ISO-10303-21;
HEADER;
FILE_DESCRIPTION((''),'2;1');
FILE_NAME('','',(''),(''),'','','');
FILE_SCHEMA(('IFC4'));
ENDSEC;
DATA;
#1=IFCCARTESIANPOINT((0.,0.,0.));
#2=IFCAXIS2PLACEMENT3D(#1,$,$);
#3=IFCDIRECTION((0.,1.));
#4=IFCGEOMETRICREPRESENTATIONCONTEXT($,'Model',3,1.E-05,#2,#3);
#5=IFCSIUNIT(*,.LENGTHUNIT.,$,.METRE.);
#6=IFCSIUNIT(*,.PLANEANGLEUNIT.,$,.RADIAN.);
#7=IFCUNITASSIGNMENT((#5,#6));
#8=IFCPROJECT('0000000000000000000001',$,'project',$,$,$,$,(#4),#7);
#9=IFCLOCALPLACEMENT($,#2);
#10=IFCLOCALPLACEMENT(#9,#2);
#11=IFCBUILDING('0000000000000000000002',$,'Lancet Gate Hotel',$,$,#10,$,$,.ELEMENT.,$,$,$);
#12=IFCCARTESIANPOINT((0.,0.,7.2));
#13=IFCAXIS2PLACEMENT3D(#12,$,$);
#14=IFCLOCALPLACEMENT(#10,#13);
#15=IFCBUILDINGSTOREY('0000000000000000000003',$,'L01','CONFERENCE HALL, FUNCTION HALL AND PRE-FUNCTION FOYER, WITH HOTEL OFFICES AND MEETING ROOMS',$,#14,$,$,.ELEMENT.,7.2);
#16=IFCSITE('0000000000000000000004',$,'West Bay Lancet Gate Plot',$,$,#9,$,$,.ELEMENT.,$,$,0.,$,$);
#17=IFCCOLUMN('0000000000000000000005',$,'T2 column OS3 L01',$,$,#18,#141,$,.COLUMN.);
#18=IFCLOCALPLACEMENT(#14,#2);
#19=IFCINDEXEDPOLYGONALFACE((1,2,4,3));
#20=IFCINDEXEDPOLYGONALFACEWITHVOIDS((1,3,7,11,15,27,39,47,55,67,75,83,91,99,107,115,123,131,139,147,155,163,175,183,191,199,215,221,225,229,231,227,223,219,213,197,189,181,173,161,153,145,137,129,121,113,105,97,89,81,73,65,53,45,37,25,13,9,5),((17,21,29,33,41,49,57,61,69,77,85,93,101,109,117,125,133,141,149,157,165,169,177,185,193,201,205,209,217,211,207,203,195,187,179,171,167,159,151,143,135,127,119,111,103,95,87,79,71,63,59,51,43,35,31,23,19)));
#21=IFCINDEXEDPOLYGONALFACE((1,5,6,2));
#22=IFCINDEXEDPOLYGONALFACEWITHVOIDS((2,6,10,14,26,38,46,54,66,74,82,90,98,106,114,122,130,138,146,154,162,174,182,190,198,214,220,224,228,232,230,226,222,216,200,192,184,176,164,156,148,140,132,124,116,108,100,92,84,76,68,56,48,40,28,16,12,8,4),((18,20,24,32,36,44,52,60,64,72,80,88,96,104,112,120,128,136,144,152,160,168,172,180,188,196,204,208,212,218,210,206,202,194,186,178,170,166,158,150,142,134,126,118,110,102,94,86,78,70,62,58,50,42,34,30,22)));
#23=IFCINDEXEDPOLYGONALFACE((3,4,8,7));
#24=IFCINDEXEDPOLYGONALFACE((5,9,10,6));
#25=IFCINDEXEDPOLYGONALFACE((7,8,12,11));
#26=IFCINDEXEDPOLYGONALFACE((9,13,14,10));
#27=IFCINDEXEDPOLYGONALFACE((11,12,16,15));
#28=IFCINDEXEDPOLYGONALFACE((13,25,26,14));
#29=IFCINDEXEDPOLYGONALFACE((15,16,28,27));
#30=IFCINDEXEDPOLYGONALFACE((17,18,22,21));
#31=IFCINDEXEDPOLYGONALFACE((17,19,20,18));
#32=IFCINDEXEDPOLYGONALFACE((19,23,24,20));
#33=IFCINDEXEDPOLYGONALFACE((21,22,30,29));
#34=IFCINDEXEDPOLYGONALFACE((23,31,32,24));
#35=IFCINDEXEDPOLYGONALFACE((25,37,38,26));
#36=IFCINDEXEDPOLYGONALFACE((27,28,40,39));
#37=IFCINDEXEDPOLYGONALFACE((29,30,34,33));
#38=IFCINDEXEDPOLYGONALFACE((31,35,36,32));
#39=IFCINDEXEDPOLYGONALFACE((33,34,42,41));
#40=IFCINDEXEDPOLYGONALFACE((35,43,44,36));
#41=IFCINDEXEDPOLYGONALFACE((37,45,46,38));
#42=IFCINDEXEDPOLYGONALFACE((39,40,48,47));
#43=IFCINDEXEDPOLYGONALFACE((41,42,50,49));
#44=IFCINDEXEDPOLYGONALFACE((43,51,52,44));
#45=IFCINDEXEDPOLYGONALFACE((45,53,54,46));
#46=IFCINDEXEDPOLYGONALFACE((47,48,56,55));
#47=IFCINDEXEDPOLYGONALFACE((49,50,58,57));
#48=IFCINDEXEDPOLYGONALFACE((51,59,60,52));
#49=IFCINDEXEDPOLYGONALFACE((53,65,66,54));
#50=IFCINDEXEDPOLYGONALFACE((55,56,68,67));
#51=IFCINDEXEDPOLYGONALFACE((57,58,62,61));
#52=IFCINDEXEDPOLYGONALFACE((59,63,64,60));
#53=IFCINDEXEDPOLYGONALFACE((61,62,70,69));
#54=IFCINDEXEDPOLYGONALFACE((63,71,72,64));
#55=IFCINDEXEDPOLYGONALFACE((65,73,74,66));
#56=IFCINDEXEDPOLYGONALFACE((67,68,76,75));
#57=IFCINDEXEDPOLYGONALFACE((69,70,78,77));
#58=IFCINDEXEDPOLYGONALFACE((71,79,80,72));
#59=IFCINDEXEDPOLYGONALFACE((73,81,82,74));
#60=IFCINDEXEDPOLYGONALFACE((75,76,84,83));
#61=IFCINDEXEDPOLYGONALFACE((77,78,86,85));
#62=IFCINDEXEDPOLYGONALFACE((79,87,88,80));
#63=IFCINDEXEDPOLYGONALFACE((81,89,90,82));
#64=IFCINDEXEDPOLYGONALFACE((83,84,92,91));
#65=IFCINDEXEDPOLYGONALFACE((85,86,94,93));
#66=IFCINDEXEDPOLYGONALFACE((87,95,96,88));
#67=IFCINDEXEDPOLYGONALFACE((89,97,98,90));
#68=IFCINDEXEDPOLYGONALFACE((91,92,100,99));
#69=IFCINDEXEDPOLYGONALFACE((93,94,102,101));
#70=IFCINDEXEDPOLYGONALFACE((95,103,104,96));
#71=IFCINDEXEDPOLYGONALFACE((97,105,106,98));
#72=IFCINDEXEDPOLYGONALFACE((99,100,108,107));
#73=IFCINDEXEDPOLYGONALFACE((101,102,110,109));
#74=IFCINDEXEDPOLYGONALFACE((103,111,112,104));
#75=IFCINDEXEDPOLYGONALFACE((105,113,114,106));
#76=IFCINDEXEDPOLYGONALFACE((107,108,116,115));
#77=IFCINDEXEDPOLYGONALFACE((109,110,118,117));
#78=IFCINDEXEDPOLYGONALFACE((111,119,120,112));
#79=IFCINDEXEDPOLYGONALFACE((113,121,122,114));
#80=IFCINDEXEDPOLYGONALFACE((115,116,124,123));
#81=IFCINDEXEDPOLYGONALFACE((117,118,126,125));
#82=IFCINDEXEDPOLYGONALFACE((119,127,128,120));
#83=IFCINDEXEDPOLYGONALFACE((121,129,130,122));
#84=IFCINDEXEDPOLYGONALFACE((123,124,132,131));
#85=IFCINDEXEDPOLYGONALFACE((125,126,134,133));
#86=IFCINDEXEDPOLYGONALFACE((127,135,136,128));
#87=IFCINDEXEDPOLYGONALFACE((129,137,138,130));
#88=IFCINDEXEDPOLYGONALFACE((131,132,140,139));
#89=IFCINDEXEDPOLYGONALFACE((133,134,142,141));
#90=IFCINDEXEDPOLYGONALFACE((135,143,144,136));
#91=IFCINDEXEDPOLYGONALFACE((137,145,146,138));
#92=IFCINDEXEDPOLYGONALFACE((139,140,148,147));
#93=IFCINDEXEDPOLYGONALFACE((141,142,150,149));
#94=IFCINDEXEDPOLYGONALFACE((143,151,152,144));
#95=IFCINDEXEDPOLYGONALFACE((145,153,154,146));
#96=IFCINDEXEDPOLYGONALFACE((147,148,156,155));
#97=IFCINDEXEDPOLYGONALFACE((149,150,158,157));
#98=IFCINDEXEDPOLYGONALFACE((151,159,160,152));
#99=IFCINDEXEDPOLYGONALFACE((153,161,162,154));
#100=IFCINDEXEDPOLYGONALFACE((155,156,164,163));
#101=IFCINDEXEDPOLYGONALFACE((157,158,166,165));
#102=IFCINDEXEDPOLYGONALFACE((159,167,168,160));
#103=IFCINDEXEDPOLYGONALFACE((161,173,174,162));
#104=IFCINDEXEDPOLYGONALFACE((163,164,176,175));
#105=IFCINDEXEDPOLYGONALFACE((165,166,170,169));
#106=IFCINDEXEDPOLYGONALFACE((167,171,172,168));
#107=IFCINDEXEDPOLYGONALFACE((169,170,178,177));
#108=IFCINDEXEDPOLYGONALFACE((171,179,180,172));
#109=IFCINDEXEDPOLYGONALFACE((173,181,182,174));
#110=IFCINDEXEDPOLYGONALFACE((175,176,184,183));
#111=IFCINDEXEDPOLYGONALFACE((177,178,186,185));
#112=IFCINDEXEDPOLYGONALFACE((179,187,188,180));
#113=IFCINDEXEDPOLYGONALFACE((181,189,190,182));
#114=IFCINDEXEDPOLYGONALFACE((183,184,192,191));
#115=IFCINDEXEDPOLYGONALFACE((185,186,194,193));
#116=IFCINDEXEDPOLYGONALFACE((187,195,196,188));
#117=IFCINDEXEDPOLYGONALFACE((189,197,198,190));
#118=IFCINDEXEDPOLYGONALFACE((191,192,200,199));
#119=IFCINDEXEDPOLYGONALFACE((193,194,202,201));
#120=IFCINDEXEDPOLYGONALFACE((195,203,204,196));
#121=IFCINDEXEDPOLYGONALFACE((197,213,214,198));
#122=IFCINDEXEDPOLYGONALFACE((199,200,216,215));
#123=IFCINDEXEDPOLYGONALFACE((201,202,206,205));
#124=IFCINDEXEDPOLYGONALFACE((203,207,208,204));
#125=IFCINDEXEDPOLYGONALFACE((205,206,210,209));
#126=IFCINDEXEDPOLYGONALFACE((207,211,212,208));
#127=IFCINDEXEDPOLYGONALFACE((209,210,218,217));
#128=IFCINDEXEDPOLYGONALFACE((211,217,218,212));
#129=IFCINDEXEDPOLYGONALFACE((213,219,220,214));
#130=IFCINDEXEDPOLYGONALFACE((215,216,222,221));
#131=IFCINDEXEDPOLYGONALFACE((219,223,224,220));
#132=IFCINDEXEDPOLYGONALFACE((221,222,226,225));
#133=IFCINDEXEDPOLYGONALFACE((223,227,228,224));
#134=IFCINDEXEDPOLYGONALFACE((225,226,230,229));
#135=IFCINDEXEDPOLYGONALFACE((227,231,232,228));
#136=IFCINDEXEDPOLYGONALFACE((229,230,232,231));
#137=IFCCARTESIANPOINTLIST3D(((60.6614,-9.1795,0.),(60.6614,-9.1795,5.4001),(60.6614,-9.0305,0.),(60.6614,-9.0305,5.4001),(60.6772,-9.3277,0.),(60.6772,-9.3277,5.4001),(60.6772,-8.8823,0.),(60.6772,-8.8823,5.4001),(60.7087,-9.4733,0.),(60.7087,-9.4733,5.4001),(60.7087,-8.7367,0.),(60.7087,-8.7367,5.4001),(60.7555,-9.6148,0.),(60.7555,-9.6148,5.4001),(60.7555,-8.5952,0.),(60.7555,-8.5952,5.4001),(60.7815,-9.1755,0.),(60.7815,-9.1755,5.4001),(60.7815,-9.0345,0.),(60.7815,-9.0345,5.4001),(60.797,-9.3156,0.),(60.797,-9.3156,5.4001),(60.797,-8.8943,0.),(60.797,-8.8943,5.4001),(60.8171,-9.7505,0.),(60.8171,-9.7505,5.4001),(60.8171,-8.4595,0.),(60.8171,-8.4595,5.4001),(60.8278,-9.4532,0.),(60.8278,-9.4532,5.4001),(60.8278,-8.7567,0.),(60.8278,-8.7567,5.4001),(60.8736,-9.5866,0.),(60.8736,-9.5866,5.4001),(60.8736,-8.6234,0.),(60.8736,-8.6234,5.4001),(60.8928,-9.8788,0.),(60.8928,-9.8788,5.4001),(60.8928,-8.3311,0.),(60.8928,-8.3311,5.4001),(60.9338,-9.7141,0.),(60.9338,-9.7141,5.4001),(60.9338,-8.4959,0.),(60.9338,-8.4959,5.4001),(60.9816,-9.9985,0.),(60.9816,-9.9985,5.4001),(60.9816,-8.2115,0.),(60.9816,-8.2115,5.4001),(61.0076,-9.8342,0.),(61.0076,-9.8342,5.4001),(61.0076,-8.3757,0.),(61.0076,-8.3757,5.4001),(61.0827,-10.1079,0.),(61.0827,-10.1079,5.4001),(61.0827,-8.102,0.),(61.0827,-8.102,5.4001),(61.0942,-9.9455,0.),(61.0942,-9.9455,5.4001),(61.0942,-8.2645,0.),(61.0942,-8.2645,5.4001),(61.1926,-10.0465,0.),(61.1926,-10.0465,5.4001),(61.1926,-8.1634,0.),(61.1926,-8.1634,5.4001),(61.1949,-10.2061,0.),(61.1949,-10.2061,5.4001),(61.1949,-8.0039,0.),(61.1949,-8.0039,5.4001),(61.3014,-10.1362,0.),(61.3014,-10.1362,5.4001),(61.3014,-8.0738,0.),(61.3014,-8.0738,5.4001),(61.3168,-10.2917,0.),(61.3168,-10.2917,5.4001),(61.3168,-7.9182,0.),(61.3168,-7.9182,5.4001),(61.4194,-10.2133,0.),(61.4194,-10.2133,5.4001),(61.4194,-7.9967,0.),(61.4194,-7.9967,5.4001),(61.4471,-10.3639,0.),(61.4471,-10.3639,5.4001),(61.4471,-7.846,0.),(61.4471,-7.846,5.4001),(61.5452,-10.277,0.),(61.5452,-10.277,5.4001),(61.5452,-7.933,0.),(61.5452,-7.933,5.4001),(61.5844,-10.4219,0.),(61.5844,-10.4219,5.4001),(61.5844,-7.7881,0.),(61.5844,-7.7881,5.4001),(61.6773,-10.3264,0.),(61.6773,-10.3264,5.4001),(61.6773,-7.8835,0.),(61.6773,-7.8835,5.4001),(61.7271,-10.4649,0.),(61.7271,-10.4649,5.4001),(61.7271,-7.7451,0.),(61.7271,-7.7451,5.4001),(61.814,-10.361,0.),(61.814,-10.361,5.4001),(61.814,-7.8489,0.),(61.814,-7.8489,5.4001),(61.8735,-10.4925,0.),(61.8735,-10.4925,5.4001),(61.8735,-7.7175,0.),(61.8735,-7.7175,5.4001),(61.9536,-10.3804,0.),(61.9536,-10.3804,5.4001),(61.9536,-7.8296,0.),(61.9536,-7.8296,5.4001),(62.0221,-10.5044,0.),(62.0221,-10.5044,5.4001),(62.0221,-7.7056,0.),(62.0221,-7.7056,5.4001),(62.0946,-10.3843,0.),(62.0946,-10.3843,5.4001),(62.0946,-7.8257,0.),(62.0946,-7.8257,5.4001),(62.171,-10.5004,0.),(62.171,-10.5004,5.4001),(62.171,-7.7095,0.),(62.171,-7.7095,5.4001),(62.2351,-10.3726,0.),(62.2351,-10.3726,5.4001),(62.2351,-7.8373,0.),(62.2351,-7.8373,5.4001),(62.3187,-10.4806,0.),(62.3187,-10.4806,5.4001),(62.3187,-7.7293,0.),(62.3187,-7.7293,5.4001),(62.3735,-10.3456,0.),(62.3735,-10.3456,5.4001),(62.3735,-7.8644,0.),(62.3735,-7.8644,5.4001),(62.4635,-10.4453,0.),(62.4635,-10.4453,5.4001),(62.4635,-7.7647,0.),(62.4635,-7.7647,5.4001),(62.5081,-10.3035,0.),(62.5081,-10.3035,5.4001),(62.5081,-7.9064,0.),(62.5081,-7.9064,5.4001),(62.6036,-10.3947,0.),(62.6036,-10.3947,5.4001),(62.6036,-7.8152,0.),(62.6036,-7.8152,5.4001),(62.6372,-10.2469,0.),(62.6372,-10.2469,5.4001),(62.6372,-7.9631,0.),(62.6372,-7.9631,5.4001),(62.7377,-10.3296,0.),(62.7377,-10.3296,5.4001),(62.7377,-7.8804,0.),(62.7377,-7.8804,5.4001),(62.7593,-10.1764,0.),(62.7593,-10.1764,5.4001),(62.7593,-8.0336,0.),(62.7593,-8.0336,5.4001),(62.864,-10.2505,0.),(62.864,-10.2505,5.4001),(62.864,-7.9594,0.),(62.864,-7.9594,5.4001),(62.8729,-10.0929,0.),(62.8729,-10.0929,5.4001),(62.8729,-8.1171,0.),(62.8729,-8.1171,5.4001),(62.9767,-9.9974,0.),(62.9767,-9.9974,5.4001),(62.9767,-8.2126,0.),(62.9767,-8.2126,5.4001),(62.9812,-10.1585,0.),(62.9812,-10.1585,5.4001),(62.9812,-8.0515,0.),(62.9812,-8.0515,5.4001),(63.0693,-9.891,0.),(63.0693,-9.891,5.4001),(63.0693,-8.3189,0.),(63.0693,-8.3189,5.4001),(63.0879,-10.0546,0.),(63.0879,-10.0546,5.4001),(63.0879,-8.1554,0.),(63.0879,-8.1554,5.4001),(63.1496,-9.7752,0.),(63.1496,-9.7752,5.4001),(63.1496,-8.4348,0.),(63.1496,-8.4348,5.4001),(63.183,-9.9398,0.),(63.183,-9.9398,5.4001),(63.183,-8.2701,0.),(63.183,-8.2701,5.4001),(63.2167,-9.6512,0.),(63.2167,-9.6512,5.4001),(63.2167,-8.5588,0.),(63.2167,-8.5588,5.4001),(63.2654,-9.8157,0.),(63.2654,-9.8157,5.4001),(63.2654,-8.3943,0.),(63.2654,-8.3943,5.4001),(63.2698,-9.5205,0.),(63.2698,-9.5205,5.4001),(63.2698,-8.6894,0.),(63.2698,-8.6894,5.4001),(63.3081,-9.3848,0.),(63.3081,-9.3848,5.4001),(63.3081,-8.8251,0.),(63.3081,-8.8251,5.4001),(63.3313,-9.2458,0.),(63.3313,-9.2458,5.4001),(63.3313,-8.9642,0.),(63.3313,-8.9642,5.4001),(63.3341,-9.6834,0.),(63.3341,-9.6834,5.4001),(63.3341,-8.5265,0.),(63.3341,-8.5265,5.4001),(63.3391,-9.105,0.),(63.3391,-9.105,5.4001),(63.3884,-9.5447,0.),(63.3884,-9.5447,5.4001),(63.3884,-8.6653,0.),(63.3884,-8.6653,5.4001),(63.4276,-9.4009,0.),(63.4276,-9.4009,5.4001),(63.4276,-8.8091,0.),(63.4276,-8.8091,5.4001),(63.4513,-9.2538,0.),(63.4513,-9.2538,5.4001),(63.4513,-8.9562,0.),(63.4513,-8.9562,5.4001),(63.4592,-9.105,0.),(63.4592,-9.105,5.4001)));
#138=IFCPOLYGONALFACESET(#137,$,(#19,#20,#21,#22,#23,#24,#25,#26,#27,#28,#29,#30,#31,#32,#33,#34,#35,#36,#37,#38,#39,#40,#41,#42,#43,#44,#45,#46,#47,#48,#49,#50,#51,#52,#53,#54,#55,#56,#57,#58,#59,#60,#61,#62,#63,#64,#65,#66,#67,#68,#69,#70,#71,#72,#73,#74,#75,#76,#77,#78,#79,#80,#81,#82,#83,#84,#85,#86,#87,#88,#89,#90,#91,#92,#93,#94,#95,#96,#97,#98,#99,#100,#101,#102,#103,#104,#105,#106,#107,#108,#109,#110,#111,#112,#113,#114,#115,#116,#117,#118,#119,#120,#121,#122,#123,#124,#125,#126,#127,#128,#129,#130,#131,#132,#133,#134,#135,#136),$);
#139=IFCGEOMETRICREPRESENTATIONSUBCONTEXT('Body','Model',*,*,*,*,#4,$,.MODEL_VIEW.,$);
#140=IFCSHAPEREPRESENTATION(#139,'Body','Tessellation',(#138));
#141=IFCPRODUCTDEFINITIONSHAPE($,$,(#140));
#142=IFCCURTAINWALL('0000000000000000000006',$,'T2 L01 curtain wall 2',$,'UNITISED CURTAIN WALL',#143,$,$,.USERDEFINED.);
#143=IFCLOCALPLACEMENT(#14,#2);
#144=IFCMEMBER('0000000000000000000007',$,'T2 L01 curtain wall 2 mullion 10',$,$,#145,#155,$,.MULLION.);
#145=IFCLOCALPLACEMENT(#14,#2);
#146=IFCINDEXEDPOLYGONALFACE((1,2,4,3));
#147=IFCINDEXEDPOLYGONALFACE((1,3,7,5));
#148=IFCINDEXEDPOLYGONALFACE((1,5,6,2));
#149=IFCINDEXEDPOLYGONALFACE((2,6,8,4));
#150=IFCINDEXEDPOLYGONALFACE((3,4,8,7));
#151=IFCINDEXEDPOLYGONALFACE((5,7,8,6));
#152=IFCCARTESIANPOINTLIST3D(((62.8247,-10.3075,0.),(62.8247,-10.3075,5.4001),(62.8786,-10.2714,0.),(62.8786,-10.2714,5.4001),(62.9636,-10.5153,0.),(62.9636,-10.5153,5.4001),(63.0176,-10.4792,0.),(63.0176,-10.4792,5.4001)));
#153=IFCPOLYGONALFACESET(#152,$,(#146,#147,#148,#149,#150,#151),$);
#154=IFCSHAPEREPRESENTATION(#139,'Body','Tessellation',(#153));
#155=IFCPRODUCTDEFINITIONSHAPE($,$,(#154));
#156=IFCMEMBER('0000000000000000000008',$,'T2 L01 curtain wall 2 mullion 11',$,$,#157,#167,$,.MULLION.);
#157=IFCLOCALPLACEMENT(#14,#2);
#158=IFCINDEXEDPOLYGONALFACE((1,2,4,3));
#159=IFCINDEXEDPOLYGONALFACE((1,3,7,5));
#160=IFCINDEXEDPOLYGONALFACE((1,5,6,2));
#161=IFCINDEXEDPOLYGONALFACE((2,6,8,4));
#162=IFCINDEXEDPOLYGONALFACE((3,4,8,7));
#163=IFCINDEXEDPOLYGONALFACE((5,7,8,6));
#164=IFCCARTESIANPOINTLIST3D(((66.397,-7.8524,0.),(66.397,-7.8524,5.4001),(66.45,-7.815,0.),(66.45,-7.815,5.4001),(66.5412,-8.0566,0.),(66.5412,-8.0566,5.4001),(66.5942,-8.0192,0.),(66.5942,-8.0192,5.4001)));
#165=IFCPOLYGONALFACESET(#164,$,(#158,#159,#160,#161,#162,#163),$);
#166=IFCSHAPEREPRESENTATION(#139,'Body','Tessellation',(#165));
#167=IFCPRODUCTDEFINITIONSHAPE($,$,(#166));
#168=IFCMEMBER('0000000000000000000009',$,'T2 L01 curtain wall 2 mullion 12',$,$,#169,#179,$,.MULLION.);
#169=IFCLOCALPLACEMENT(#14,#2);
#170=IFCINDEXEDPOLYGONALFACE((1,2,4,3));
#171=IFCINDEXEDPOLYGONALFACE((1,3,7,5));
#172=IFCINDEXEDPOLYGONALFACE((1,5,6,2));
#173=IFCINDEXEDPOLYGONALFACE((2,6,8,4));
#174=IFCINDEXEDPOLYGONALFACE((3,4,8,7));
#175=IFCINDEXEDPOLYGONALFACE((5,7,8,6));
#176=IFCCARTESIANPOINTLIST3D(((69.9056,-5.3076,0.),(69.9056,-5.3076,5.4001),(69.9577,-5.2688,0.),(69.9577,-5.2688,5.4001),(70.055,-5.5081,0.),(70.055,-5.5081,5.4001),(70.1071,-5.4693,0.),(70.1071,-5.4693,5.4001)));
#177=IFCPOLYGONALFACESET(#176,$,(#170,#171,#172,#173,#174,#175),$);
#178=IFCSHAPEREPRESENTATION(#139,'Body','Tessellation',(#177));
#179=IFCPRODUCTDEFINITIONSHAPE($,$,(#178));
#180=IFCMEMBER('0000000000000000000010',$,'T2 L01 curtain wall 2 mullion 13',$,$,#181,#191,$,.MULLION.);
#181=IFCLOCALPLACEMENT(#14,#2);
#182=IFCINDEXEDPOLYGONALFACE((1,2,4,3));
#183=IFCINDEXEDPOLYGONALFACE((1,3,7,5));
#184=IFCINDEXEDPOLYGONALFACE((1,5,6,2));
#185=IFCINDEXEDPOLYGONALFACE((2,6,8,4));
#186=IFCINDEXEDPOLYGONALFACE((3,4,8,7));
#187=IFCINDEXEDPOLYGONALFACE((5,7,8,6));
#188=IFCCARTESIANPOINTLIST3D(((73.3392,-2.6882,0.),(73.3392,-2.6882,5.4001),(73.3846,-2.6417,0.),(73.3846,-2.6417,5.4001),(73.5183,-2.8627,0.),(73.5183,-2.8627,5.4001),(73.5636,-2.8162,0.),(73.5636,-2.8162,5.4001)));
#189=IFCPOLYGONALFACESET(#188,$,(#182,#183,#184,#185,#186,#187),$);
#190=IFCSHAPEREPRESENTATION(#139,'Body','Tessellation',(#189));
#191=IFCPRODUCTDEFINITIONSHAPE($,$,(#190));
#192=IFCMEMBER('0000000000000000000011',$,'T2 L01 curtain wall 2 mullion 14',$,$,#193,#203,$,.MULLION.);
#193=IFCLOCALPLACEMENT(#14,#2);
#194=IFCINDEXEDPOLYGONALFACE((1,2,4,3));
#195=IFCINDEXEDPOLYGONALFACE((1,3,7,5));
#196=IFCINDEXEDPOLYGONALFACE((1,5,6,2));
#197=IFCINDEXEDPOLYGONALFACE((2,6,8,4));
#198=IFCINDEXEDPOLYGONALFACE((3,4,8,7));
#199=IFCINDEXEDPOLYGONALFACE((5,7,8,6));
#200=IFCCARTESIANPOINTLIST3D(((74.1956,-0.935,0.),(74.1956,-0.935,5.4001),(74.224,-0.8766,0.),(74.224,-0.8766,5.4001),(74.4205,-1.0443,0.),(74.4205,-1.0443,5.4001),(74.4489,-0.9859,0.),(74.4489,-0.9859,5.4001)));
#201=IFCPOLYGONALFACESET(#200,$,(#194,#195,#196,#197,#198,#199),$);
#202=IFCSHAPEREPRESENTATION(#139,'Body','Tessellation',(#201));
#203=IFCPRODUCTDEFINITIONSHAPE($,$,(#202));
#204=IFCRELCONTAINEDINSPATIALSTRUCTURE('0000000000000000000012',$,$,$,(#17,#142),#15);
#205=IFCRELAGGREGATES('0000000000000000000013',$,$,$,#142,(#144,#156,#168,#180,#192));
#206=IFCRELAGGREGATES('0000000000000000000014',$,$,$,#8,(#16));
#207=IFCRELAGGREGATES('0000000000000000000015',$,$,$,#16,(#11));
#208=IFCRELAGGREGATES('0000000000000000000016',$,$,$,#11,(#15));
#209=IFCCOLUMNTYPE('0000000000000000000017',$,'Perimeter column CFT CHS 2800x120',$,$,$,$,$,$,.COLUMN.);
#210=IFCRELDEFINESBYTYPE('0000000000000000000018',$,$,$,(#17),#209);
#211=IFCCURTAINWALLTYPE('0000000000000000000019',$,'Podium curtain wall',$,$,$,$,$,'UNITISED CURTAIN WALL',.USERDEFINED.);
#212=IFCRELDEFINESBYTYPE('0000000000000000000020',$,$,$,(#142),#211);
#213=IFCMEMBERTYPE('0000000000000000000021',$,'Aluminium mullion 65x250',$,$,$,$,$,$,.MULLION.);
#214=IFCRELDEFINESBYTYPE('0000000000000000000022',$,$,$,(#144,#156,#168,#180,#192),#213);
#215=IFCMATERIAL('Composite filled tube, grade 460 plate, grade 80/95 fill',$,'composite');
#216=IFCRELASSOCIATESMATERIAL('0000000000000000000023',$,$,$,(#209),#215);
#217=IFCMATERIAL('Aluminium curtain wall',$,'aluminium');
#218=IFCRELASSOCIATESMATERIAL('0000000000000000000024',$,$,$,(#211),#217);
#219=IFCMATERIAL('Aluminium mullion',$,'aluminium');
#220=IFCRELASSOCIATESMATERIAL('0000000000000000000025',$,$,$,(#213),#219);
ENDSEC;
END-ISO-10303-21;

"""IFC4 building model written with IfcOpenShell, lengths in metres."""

from ifc_helpers import new_model, si_unit, direction, frame, origin, origin_2d, place, context, subcontext, project, spatial, rectangle, hollow_circle, extrude, material, material_profile, profile_set, type_object, element, aggregate, save


model = new_model("IFC4")

# Units and contexts
model_context = context("Model", 3, precision=1e-05, world=origin(), true_north=direction((0.0, 1.0)))
body_context = subcontext(model_context, "Body", "Model", "MODEL_VIEW")
ifc_project = project(units=[si_unit("LENGTHUNIT", "METRE"), si_unit("PLANEANGLEUNIT", "RADIAN")], contexts=[model_context])

# Site, building, storey
site_placement = place(None, origin())
site = spatial("IfcSite", under=ifc_project, at=site_placement, Name="West Bay Lancet Gate Plot", CompositionType="ELEMENT", RefElevation=0.0)
building_placement = place(site_placement, origin())
building = spatial("IfcBuilding", under=site, at=building_placement, Name="Lancet Gate Hotel", CompositionType="ELEMENT")
storey_placement = place(building_placement, frame((0.0, 0.0, 7.2)))
storey = spatial("IfcBuildingStorey", under=building, at=storey_placement, Name="L01", Description="CONFERENCE HALL, FUNCTION HALL AND PRE-FUNCTION FOYER, WITH HOTEL OFFICES AND MEETING ROOMS", CompositionType="ELEMENT", Elevation=7.2)

# Column
ifc_material_1 = material(Name="Composite filled tube, grade 460 plate, grade 80/95 fill", Category="composite")
ifc_material_profile_1 = material_profile(ifc_material_1, hollow_circle(Radius=1.3999, WallThickness=0.1201, at=origin_2d()), Name="CHS 2800x120")
ifc_profile_set_1 = profile_set([ifc_material_profile_1], Name="Composite filled tube, grade 460 plate, grade 80/95 fill")
column_type_1 = type_object("IfcColumnType", Name="Perimeter column CFT CHS 2800x120", PredefinedType="COLUMN", material=ifc_profile_set_1)
column_1_placement = place(storey_placement, frame((62.0593, -9.105, 0.0), z_axis=(0.0, 0.0, 1.0), x_axis=(1.0, 0.0, 0.0)))
element("IfcColumn", 1, at=column_1_placement, inside=storey, type_object=column_type_1, Name="T2 column OS3 L01", PredefinedType="COLUMN", context=body_context, shape_type="SweptSolid", body=[
    extrude(hollow_circle(Radius=1.3999, WallThickness=0.1201, at=origin_2d()), origin(), (0.0, 0.0, 1.0), 5.4001),
])

# Curtain wall, members
ifc_material_2 = material(Name="Aluminium curtain wall", Category="aluminium")
curtain_wall_type = type_object("IfcCurtainWallType", Name="Podium curtain wall", ElementType="UNITISED CURTAIN WALL", PredefinedType="USERDEFINED", material=ifc_material_2)
curtain_wall_placement = place(storey_placement, origin())
curtain_wall = element("IfcCurtainWall", 2, at=curtain_wall_placement, inside=storey, type_object=curtain_wall_type, Name="T2 L01 curtain wall 2", ObjectType="UNITISED CURTAIN WALL", PredefinedType="USERDEFINED")
ifc_material_3 = material(Name="Aluminium mullion", Category="aluminium")
ifc_material_profile_2 = material_profile(ifc_material_3, rectangle(XDim=0.0649, YDim=0.25, at=origin_2d()), Name="MULLION 65x250")
ifc_profile_set_2 = profile_set([ifc_material_profile_2], Name="Aluminium mullion")
member_type_1 = type_object("IfcMemberType", Name="Aluminium mullion 65x250", PredefinedType="MULLION", material=ifc_profile_set_2)
member_1_placement = place(storey_placement, frame((62.9211, -10.3933, 0.0), z_axis=(0.0, 0.0, 1.0), x_axis=(0.831198, 0.555976, 0.0)))
member_1 = element("IfcMember", 3, at=member_1_placement, type_object=member_type_1, Name="T2 L01 curtain wall 2 mullion 10", PredefinedType="MULLION", context=body_context, shape_type="SweptSolid", body=[
    extrude(rectangle(XDim=0.0649, YDim=0.25, at=origin_2d()), origin(), (0.0, 0.0, 1.0), 5.4001),
])
member_2_placement = place(storey_placement, frame((66.4956, -7.9358, 0.0), z_axis=(0.0, 0.0, 1.0), x_axis=(0.816779, 0.576951, 0.0)))
member_2 = element("IfcMember", 4, at=member_2_placement, type_object=member_type_1, Name="T2 L01 curtain wall 2 mullion 11", PredefinedType="MULLION", context=body_context, shape_type="SweptSolid", body=[
    extrude(rectangle(XDim=0.0649, YDim=0.25, at=origin_2d()), origin(), (0.0, 0.0, 1.0), 5.4001),
])
member_3_placement = place(storey_placement, frame((70.0063, -5.3884, 0.0), z_axis=(0.0, 0.0, 1.0), x_axis=(0.80183, 0.597552, 0.0)))
member_3 = element("IfcMember", 5, at=member_3_placement, type_object=member_type_1, Name="T2 L01 curtain wall 2 mullion 12", PredefinedType="MULLION", context=body_context, shape_type="SweptSolid", body=[
    extrude(rectangle(XDim=0.0649, YDim=0.25, at=origin_2d()), origin(), (0.0, 0.0, 1.0), 5.4001),
])
member_4_placement = place(storey_placement, frame((73.4514, -2.7522, 0.0), z_axis=(0.0, 0.0, 1.0), x_axis=(0.697983, 0.716114, 0.0)))
member_4 = element("IfcMember", 6, at=member_4_placement, type_object=member_type_1, Name="T2 L01 curtain wall 2 mullion 13", PredefinedType="MULLION", context=body_context, shape_type="SweptSolid", body=[
    extrude(rectangle(XDim=0.0649, YDim=0.25, at=origin_2d()), origin(), (0.0, 0.0, 1.0), 5.4001),
])
member_5_placement = place(storey_placement, frame((74.3223, -0.9604, 0.0), z_axis=(0.0, 0.0, 1.0), x_axis=(0.437169, 0.899379, 0.0)))
member_5 = element("IfcMember", 7, at=member_5_placement, type_object=member_type_1, Name="T2 L01 curtain wall 2 mullion 14", PredefinedType="MULLION", context=body_context, shape_type="SweptSolid", body=[
    extrude(rectangle(XDim=0.0649, YDim=0.25, at=origin_2d()), origin(), (0.0, 0.0, 1.0), 5.4001),
])

aggregate(curtain_wall, [member_1, member_2, member_3, member_4, member_5])

save(model, "model.ifc")
